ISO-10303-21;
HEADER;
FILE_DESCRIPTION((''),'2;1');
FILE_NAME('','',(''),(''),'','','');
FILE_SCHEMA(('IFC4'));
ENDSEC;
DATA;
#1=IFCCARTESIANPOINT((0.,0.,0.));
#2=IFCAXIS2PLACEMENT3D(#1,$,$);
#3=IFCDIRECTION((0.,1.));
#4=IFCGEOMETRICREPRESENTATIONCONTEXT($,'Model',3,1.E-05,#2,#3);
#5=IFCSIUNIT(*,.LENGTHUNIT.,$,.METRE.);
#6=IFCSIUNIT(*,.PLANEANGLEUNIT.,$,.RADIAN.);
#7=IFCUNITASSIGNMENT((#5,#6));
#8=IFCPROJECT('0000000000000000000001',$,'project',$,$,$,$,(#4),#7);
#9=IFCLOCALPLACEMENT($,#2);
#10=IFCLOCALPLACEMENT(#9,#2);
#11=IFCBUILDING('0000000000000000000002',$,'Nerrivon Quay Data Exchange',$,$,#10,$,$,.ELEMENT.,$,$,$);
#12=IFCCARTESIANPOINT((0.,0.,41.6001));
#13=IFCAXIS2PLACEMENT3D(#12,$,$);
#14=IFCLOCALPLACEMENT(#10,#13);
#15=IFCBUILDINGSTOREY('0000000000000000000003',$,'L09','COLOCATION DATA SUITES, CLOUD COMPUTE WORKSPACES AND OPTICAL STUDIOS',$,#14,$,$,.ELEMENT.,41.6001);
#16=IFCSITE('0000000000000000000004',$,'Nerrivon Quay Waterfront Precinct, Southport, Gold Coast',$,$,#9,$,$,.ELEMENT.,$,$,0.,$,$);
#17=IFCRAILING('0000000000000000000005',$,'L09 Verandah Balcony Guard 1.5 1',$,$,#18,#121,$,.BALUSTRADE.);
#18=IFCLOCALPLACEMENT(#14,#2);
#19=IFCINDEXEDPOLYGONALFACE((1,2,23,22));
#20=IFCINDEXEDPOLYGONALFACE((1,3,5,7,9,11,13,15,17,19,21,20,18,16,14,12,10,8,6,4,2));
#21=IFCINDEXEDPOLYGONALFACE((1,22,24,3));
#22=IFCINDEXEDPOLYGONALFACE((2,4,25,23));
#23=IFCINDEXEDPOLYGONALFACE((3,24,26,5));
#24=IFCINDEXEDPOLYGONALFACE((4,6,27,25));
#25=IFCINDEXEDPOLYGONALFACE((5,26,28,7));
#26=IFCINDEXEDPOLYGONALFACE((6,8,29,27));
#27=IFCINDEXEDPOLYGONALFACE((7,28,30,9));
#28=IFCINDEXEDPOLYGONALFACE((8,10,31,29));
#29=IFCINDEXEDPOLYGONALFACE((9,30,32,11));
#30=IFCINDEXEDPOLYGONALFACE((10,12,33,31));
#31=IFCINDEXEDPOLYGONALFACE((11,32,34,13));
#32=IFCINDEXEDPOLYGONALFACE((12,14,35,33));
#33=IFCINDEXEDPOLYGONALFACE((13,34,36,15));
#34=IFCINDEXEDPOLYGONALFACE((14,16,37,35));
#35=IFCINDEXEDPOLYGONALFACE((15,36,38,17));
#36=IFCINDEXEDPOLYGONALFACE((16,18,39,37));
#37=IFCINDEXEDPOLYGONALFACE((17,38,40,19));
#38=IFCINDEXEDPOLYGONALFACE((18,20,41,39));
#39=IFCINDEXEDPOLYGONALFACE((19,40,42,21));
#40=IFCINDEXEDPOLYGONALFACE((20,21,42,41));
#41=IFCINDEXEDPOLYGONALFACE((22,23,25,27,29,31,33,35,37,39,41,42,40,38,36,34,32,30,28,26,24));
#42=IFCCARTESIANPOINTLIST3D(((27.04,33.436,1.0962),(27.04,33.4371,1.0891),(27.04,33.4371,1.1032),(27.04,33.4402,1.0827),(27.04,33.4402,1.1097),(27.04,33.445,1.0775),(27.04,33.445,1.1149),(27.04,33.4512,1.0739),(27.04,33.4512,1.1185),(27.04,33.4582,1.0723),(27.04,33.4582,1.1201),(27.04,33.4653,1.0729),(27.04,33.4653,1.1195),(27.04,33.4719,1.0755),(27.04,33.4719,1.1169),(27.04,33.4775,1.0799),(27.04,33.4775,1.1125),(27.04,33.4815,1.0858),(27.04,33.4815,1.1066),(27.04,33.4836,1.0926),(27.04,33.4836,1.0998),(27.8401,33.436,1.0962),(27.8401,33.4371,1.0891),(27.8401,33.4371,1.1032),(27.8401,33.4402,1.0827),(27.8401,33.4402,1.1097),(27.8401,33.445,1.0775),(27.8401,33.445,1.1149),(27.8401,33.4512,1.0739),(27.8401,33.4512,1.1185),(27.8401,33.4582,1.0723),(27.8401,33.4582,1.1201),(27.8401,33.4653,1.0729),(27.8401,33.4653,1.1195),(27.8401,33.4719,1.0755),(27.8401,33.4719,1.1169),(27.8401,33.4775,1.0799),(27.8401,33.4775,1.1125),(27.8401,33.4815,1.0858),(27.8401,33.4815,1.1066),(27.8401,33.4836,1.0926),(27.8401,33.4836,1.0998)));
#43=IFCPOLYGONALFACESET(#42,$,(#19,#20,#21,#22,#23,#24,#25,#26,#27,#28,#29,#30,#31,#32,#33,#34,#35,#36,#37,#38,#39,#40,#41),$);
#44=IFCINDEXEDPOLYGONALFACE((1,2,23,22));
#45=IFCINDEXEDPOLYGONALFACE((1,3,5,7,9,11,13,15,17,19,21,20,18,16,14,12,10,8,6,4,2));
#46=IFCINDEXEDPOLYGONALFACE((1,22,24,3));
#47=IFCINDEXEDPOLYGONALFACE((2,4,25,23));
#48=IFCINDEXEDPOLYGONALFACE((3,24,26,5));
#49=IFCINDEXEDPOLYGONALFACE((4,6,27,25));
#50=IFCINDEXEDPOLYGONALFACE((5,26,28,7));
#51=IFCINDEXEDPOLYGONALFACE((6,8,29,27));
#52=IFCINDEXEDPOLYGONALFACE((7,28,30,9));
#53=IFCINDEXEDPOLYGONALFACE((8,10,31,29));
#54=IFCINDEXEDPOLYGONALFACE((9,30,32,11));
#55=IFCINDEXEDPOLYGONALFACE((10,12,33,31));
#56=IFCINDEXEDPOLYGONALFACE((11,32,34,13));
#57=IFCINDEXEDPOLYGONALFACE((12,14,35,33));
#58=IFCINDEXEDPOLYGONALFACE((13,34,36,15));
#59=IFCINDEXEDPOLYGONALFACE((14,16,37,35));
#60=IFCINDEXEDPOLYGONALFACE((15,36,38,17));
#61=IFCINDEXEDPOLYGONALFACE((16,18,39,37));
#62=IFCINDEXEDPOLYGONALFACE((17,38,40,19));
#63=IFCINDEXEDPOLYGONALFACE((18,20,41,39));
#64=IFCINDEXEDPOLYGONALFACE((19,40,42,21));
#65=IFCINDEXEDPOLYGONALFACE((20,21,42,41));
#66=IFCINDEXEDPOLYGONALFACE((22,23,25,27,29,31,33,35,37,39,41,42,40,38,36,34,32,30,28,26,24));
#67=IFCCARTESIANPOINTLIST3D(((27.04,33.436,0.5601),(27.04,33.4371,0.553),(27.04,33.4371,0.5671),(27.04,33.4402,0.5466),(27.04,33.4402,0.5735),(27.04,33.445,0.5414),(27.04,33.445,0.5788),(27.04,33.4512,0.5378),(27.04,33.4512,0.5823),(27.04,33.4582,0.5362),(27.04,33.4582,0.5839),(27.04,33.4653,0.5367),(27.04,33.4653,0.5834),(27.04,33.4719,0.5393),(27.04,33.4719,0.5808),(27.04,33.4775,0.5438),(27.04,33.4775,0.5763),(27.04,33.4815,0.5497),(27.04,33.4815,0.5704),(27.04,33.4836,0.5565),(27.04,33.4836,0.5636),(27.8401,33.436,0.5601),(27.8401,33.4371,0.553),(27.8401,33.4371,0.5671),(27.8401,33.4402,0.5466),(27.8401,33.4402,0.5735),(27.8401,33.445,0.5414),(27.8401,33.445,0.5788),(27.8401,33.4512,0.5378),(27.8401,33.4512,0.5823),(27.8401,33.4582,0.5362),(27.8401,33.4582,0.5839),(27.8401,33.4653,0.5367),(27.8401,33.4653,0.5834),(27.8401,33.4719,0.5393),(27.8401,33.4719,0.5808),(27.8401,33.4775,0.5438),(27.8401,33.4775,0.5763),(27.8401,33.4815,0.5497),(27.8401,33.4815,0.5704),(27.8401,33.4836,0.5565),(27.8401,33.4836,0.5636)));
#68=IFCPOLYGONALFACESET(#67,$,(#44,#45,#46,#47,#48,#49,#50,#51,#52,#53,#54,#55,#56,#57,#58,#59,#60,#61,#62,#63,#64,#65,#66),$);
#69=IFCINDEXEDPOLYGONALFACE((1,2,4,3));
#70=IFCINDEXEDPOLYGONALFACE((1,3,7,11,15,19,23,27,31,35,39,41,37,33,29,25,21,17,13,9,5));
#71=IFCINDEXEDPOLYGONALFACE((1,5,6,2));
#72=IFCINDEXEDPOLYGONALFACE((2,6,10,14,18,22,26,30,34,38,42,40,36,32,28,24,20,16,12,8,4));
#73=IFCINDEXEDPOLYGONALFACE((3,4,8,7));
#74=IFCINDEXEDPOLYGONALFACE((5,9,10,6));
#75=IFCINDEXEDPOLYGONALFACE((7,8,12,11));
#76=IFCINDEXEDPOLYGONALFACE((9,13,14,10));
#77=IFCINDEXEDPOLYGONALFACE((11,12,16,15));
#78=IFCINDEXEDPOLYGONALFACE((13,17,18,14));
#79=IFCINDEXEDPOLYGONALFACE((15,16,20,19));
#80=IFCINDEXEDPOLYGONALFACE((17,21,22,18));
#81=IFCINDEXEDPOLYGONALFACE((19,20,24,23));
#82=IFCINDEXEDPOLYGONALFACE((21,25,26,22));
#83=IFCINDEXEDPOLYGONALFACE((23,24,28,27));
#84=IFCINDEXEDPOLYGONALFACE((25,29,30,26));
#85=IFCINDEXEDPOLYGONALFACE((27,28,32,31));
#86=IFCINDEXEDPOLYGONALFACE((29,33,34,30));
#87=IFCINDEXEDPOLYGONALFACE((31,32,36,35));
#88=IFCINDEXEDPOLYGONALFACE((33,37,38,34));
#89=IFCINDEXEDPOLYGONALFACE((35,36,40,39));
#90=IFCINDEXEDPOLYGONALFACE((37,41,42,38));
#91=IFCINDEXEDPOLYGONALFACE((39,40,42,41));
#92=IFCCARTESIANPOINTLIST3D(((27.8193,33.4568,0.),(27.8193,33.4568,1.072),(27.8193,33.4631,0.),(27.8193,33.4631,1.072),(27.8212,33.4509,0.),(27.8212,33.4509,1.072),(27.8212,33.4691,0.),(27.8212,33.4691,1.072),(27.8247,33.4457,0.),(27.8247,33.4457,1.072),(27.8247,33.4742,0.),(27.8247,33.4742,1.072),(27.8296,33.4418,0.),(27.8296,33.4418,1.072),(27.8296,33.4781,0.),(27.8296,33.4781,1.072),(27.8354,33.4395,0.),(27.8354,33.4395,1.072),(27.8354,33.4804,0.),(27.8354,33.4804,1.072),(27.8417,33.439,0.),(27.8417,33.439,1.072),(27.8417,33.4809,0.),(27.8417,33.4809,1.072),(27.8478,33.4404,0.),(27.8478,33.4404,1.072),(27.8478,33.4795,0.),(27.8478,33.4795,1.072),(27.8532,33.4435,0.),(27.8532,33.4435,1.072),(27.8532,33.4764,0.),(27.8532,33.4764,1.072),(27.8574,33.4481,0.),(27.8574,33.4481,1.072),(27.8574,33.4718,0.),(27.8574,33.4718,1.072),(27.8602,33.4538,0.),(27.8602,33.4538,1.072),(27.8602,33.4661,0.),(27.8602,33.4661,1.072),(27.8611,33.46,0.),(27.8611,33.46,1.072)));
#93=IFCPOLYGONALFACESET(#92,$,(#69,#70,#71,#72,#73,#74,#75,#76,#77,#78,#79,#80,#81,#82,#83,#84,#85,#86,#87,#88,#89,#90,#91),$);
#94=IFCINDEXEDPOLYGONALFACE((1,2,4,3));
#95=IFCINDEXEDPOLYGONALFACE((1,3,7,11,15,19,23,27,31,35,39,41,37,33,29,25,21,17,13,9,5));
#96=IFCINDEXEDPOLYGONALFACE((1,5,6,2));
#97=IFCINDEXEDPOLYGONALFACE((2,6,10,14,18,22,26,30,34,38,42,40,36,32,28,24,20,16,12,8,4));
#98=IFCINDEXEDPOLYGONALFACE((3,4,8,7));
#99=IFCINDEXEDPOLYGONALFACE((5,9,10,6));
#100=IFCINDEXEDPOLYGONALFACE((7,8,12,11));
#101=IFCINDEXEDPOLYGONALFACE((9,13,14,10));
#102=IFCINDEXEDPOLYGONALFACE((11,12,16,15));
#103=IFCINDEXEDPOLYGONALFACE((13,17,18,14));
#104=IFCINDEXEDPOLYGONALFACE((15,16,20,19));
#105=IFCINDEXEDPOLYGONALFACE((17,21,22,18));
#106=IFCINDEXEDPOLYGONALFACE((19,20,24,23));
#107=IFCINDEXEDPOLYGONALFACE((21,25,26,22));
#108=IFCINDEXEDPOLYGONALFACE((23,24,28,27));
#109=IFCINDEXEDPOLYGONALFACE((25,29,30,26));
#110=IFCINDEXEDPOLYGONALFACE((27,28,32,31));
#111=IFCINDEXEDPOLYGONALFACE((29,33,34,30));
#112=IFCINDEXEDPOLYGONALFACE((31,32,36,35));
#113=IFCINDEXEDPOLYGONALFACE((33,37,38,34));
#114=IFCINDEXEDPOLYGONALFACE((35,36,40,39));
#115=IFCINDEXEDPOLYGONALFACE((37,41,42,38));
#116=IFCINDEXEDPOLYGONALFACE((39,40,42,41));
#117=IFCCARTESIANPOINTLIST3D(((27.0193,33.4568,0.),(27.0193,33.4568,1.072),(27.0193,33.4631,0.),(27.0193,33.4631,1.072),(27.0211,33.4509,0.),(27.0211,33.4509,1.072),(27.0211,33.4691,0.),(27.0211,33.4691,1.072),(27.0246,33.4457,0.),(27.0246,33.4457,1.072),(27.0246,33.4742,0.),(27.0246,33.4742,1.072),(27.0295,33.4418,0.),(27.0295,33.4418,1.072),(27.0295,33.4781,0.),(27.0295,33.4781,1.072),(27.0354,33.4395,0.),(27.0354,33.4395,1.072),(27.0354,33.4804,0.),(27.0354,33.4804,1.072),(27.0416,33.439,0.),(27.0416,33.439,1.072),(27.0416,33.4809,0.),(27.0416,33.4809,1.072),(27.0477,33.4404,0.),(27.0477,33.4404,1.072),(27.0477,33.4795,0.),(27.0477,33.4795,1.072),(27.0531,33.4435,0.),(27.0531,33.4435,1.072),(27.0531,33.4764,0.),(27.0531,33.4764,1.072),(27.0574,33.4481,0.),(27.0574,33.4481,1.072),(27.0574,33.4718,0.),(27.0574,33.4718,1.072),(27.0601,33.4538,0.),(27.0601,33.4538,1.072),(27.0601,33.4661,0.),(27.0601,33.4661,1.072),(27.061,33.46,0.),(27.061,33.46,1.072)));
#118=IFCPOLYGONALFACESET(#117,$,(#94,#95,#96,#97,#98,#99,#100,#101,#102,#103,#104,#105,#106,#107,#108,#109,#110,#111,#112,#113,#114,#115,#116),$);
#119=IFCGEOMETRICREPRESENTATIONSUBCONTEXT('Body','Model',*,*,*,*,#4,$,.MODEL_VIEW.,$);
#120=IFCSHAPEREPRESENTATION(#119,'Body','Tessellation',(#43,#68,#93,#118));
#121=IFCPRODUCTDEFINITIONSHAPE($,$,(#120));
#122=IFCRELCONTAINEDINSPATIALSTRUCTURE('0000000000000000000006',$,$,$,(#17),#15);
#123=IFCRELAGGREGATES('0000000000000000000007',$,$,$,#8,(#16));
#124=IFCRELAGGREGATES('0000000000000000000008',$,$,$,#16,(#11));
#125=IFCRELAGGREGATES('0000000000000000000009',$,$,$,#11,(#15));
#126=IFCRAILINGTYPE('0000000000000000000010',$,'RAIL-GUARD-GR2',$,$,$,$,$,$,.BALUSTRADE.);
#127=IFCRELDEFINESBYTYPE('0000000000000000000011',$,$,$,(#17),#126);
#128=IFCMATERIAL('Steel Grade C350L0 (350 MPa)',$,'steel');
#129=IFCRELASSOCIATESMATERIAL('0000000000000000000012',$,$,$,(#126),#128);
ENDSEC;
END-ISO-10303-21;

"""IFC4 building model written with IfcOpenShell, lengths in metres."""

from ifc_helpers import new_model, si_unit, direction, frame, origin, origin_2d, place, context, subcontext, project, spatial, circle, extrude, material, type_object, element, save


model = new_model("IFC4")

# Units and contexts
model_context = context("Model", 3, precision=1e-05, world=origin(), true_north=direction((0.0, 1.0)))
body_context = subcontext(model_context, "Body", "Model", "MODEL_VIEW")
ifc_project = project(units=[si_unit("LENGTHUNIT", "METRE"), si_unit("PLANEANGLEUNIT", "RADIAN")], contexts=[model_context])

# Site, building, storey
site_placement = place(None, origin())
site = spatial("IfcSite", under=ifc_project, at=site_placement, Name="Nerrivon Quay Waterfront Precinct, Southport, Gold Coast", CompositionType="ELEMENT", RefElevation=0.0)
building_placement = place(site_placement, origin())
building = spatial("IfcBuilding", under=site, at=building_placement, Name="Nerrivon Quay Data Exchange", CompositionType="ELEMENT")
storey_placement = place(building_placement, frame((0.0, 0.0, 41.6001)))
storey = spatial("IfcBuildingStorey", under=building, at=storey_placement, Name="L09", Description="COLOCATION DATA SUITES, CLOUD COMPUTE WORKSPACES AND OPTICAL STUDIOS", CompositionType="ELEMENT", Elevation=41.6001)

# Railing
ifc_material_1 = material(Name="Steel Grade C350L0 (350 MPa)", Category="steel")
railing_type = type_object("IfcRailingType", Name="RAIL-GUARD-GR2", PredefinedType="BALUSTRADE", material=ifc_material_1)
railing_1_placement = place(storey_placement, frame((27.8401, 33.46, 0.0)))
element("IfcRailing", 1, at=railing_1_placement, inside=storey, type_object=railing_type, Name="L09 Verandah Balcony Guard 1.5 1", PredefinedType="BALUSTRADE", context=body_context, shape_type="SweptSolid", body=[
    extrude(circle(Radius=0.0239, at=origin_2d()), frame((0.0, 0.0, 1.0962), z_axis=(-1.0, 0.0, 0.0), x_axis=(0.0, -1.0, 0.0)), (0.0, 0.0, 1.0), 0.8),
    extrude(circle(Radius=0.0239, at=origin_2d()), frame((0.0, 0.0, 0.5601), z_axis=(-1.0, 0.0, 0.0), x_axis=(0.0, -1.0, 0.0)), (0.0, 0.0, 1.0), 0.8),
    extrude(circle(Radius=0.021, at=origin_2d()), origin(), (0.0, 0.0, 1.0), 1.072),
    extrude(circle(Radius=0.021, at=origin_2d()), frame((-0.8, 0.0, 0.0)), (0.0, 0.0, 1.0), 1.072),
])

save(model, "model.ifc")
